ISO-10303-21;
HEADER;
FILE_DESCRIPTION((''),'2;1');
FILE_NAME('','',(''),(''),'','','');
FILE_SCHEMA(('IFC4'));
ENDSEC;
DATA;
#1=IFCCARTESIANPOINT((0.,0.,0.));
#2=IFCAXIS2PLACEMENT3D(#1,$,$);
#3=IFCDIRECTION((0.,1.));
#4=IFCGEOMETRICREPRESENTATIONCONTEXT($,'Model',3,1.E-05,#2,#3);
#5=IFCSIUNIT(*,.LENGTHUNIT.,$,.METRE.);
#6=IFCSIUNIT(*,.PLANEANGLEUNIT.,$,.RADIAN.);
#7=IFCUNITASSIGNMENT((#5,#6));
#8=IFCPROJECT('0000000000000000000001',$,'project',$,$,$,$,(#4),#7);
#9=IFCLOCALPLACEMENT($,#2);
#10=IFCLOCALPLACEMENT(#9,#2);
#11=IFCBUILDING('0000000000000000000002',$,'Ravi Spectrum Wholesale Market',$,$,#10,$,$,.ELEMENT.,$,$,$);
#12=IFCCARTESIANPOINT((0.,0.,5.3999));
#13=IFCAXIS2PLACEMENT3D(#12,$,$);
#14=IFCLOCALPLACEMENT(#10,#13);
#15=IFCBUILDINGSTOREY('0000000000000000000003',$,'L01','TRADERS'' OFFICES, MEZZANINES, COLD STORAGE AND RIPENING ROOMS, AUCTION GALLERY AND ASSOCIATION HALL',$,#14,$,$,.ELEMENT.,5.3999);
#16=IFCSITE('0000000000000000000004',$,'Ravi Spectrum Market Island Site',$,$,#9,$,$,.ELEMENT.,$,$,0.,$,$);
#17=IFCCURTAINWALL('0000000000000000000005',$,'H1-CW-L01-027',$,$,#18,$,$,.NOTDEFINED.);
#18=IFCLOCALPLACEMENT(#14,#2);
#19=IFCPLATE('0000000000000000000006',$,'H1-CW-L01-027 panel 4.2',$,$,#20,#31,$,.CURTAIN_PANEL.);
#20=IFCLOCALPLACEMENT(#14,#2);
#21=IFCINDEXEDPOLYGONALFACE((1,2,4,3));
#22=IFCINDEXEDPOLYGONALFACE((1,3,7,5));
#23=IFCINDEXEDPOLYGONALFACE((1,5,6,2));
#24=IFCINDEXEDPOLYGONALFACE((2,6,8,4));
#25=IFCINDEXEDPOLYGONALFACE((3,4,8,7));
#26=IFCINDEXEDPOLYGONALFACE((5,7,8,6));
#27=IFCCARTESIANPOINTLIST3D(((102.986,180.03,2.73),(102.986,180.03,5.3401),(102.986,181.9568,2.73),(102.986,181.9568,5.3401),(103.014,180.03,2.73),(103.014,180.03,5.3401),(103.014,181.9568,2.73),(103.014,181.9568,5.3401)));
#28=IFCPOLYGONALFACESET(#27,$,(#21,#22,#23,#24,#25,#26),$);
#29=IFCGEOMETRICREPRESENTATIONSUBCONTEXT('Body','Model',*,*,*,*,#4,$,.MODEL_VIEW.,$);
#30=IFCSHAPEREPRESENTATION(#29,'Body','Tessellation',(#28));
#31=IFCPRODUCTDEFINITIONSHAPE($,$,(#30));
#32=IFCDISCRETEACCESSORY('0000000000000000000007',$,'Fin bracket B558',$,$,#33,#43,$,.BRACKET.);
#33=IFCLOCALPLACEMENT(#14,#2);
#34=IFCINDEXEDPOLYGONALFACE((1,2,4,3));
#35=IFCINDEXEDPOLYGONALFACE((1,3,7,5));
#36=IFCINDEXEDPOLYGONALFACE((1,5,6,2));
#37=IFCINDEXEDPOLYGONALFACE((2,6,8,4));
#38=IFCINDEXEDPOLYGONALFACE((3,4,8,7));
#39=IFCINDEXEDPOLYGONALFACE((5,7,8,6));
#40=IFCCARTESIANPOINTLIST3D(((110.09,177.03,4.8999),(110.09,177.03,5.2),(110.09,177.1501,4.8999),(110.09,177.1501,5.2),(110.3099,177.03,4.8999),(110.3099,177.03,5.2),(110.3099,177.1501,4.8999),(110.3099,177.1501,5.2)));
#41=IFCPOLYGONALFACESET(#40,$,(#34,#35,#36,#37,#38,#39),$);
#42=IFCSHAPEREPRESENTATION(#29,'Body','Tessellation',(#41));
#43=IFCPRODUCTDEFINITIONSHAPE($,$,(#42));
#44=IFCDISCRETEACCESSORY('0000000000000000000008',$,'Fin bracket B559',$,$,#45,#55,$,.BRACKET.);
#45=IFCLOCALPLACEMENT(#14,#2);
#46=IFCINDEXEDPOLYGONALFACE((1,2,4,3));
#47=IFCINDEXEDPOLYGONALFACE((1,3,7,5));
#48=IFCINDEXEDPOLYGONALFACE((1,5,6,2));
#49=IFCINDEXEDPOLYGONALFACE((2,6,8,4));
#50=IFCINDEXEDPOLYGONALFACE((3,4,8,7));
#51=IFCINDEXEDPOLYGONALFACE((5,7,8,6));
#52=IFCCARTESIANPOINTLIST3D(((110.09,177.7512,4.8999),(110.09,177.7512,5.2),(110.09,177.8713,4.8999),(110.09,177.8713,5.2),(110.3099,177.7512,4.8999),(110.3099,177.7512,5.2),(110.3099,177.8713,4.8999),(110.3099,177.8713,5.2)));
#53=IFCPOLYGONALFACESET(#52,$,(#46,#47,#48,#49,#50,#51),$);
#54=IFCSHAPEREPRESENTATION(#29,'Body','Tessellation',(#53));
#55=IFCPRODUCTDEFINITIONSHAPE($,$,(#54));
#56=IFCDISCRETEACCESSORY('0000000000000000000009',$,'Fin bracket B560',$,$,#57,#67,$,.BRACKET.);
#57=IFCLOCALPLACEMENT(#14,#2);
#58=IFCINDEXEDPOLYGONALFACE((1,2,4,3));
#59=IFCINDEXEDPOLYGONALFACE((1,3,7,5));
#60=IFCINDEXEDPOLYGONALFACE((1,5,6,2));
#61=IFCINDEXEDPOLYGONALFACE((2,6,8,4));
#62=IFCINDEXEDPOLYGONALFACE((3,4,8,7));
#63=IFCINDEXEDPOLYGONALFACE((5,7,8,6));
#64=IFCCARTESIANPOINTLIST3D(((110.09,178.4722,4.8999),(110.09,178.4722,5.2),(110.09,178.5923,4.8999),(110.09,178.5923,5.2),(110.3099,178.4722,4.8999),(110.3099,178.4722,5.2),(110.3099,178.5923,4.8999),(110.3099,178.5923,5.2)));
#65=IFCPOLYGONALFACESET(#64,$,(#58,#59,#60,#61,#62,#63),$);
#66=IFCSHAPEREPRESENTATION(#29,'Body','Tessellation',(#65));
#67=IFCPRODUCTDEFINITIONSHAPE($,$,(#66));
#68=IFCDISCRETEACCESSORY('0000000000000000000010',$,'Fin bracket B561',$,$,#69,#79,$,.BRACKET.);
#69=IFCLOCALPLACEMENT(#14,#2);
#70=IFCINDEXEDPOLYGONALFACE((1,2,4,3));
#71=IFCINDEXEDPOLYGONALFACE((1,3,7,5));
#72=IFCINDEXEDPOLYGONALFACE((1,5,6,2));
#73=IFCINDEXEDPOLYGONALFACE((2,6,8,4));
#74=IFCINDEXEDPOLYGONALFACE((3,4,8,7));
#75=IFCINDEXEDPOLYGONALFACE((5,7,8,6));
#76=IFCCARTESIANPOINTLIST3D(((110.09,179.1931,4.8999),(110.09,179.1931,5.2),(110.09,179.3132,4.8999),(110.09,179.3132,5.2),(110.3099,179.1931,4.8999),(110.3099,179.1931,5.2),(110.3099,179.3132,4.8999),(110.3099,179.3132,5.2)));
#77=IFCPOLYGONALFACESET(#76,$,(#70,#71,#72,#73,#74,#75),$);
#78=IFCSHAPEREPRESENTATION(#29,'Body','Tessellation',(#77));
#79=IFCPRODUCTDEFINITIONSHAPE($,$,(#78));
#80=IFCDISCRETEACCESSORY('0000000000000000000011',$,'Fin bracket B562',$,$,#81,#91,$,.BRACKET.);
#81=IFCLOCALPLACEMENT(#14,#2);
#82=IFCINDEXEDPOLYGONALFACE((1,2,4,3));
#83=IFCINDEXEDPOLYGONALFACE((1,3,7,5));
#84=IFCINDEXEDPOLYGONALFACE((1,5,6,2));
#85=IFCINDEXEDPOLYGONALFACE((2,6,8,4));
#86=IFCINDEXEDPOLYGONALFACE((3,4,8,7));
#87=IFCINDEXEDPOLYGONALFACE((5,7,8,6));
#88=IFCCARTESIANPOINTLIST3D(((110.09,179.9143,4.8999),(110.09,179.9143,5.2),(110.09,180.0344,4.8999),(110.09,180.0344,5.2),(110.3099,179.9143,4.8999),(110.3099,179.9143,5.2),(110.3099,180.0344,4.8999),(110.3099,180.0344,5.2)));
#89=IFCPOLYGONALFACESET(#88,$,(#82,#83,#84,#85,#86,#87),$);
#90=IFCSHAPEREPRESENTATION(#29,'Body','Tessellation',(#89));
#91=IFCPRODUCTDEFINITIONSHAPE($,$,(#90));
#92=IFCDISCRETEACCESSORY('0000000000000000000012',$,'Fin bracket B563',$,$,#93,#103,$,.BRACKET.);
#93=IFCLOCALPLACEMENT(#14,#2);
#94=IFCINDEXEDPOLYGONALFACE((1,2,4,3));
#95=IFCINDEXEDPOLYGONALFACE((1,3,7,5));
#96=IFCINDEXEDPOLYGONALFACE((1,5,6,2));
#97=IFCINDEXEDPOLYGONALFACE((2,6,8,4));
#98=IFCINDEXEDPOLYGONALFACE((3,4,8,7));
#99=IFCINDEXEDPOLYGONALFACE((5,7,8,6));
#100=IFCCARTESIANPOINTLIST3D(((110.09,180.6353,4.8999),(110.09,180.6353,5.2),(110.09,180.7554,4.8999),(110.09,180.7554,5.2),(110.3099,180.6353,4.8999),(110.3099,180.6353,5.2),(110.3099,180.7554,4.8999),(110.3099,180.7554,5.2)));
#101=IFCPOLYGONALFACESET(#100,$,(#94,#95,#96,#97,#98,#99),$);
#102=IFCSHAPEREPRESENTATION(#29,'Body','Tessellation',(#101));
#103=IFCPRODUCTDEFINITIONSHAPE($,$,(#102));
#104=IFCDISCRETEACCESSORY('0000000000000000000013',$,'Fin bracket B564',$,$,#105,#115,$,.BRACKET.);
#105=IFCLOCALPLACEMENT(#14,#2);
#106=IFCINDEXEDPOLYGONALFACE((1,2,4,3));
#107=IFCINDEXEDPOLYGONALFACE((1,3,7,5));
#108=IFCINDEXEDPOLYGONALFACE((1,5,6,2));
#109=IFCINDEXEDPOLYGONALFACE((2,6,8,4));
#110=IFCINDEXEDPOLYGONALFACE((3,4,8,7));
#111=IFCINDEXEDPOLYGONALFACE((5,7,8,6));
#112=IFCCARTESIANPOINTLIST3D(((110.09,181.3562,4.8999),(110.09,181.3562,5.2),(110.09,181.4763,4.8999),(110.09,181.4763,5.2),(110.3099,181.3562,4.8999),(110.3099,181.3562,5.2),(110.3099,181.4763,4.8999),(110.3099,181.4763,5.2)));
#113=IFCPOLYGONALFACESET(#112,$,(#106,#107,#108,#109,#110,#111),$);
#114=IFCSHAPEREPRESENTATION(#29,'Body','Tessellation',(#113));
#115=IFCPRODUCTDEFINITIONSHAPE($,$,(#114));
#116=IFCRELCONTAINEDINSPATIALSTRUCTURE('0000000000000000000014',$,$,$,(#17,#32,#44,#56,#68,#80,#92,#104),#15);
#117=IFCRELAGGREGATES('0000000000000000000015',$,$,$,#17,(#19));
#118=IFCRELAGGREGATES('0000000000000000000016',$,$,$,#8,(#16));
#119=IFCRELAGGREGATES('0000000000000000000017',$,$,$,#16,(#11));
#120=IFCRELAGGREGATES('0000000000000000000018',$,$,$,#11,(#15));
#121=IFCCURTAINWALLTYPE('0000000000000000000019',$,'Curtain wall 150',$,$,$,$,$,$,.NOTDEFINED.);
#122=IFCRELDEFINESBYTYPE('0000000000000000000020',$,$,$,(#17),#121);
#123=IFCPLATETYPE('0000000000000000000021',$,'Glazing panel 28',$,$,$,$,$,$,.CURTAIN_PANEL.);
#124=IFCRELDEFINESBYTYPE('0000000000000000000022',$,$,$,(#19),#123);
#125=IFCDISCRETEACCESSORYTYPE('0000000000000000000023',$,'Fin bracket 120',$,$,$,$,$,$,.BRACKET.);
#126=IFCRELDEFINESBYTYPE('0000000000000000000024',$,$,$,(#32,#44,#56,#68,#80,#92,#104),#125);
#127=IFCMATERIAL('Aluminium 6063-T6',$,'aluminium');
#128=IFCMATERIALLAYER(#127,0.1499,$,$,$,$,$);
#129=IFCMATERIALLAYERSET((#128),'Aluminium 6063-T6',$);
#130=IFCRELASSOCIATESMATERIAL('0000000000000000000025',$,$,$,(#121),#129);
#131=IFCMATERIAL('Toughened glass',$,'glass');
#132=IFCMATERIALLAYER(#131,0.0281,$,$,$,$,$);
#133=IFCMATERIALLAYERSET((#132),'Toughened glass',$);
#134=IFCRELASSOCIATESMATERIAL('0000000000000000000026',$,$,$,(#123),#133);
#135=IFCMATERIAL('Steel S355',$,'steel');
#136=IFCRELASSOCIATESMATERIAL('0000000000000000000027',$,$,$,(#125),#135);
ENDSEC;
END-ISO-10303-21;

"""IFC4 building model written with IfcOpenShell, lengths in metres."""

from ifc_helpers import new_model, si_unit, direction, frame, origin, origin_2d, place, context, subcontext, project, spatial, rectangle, extrude, material, layer, layer_set, type_object, element, aggregate, save


model = new_model("IFC4")

# Units and contexts
model_context = context("Model", 3, precision=1e-05, world=origin(), true_north=direction((0.0, 1.0)))
body_context = subcontext(model_context, "Body", "Model", "MODEL_VIEW")
ifc_project = project(units=[si_unit("LENGTHUNIT", "METRE"), si_unit("PLANEANGLEUNIT", "RADIAN")], contexts=[model_context])

# Site, building, storey
site_placement = place(None, origin())
site = spatial("IfcSite", under=ifc_project, at=site_placement, Name="Ravi Spectrum Market Island Site", CompositionType="ELEMENT", RefElevation=0.0)
building_placement = place(site_placement, origin())
building = spatial("IfcBuilding", under=site, at=building_placement, Name="Ravi Spectrum Wholesale Market", CompositionType="ELEMENT")
storey_placement = place(building_placement, frame((0.0, 0.0, 5.3999)))
storey = spatial("IfcBuildingStorey", under=building, at=storey_placement, Name="L01", Description="TRADERS' OFFICES, MEZZANINES, COLD STORAGE AND RIPENING ROOMS, AUCTION GALLERY AND ASSOCIATION HALL", CompositionType="ELEMENT", Elevation=5.3999)

# Curtain wall, plate
ifc_material_1 = material(Name="Aluminium 6063-T6", Category="aluminium")
ifc_layer_1 = layer(ifc_material_1, 0.1499)
ifc_layer_set_1 = layer_set([ifc_layer_1], Name="Aluminium 6063-T6")
curtain_wall_type = type_object("IfcCurtainWallType", Name="Curtain wall 150", PredefinedType="NOTDEFINED", material=ifc_layer_set_1)
curtain_wall_placement = place(storey_placement, origin())
curtain_wall = element("IfcCurtainWall", 1, at=curtain_wall_placement, inside=storey, type_object=curtain_wall_type, Name="H1-CW-L01-027", PredefinedType="NOTDEFINED")
ifc_material_2 = material(Name="Toughened glass", Category="glass")
ifc_layer_2 = layer(ifc_material_2, 0.0281)
ifc_layer_set_2 = layer_set([ifc_layer_2], Name="Toughened glass")
plate_type = type_object("IfcPlateType", Name="Glazing panel 28", PredefinedType="CURTAIN_PANEL", material=ifc_layer_set_2)
plate_1_placement = place(storey_placement, frame((103.0, 180.9934, 2.73), z_axis=(0.0, 0.0, 1.0), x_axis=(0.0, 1.0, 0.0)))
plate_1 = element("IfcPlate", 2, at=plate_1_placement, type_object=plate_type, Name="H1-CW-L01-027 panel 4.2", PredefinedType="CURTAIN_PANEL", context=body_context, shape_type="SweptSolid", body=[
    extrude(rectangle(XDim=1.9268, YDim=0.0281, at=origin_2d()), origin(), (0.0, 0.0, 1.0), 2.6101),
])
aggregate(curtain_wall, [plate_1])

# Discrete accessories
ifc_material_3 = material(Name="Steel S355", Category="steel")
discrete_accessory_type = type_object("IfcDiscreteAccessoryType", Name="Fin bracket 120", PredefinedType="BRACKET", material=ifc_material_3)
for number, where, z_axis, x_axis, name in (
    (3, (110.2, 177.0901, 4.8999), (0.0, 0.0, 1.0), (0.0, 1.0, 0.0), "Fin bracket B558"),
    (4, (110.2, 177.8113, 4.8999), (0.0, 0.0, 1.0), (0.0, 1.0, 0.0), "Fin bracket B559"),
    (5, (110.2, 178.5322, 4.8999), (0.0, 0.0, 1.0), (0.0, 1.0, 0.0), "Fin bracket B560"),
    (6, (110.2, 179.2532, 4.8999), (0.0, 0.0, 1.0), (0.0, 1.0, 0.0), "Fin bracket B561"),
    (7, (110.2, 179.9744, 4.8999), (0.0, 0.0, 1.0), (0.0, 1.0, 0.0), "Fin bracket B562"),
    (8, (110.2, 180.6953, 4.8999), (0.0, 0.0, 1.0), (0.0, 1.0, 0.0), "Fin bracket B563"),
    (9, (110.2, 181.4163, 4.8999), (0.0, 0.0, 1.0), (0.0, 1.0, 0.0), "Fin bracket B564"),
):
    element("IfcDiscreteAccessory", number, at=place(storey_placement, frame(where, z_axis=z_axis, x_axis=x_axis)), inside=storey, type_object=discrete_accessory_type, Name=name, PredefinedType="BRACKET", context=body_context, shape_type="SweptSolid", body=[
        extrude(rectangle(XDim=0.1201, YDim=0.22, at=origin_2d()), origin(), (0.0, 0.0, 1.0), 0.3),
    ])

save(model, "model.ifc")
